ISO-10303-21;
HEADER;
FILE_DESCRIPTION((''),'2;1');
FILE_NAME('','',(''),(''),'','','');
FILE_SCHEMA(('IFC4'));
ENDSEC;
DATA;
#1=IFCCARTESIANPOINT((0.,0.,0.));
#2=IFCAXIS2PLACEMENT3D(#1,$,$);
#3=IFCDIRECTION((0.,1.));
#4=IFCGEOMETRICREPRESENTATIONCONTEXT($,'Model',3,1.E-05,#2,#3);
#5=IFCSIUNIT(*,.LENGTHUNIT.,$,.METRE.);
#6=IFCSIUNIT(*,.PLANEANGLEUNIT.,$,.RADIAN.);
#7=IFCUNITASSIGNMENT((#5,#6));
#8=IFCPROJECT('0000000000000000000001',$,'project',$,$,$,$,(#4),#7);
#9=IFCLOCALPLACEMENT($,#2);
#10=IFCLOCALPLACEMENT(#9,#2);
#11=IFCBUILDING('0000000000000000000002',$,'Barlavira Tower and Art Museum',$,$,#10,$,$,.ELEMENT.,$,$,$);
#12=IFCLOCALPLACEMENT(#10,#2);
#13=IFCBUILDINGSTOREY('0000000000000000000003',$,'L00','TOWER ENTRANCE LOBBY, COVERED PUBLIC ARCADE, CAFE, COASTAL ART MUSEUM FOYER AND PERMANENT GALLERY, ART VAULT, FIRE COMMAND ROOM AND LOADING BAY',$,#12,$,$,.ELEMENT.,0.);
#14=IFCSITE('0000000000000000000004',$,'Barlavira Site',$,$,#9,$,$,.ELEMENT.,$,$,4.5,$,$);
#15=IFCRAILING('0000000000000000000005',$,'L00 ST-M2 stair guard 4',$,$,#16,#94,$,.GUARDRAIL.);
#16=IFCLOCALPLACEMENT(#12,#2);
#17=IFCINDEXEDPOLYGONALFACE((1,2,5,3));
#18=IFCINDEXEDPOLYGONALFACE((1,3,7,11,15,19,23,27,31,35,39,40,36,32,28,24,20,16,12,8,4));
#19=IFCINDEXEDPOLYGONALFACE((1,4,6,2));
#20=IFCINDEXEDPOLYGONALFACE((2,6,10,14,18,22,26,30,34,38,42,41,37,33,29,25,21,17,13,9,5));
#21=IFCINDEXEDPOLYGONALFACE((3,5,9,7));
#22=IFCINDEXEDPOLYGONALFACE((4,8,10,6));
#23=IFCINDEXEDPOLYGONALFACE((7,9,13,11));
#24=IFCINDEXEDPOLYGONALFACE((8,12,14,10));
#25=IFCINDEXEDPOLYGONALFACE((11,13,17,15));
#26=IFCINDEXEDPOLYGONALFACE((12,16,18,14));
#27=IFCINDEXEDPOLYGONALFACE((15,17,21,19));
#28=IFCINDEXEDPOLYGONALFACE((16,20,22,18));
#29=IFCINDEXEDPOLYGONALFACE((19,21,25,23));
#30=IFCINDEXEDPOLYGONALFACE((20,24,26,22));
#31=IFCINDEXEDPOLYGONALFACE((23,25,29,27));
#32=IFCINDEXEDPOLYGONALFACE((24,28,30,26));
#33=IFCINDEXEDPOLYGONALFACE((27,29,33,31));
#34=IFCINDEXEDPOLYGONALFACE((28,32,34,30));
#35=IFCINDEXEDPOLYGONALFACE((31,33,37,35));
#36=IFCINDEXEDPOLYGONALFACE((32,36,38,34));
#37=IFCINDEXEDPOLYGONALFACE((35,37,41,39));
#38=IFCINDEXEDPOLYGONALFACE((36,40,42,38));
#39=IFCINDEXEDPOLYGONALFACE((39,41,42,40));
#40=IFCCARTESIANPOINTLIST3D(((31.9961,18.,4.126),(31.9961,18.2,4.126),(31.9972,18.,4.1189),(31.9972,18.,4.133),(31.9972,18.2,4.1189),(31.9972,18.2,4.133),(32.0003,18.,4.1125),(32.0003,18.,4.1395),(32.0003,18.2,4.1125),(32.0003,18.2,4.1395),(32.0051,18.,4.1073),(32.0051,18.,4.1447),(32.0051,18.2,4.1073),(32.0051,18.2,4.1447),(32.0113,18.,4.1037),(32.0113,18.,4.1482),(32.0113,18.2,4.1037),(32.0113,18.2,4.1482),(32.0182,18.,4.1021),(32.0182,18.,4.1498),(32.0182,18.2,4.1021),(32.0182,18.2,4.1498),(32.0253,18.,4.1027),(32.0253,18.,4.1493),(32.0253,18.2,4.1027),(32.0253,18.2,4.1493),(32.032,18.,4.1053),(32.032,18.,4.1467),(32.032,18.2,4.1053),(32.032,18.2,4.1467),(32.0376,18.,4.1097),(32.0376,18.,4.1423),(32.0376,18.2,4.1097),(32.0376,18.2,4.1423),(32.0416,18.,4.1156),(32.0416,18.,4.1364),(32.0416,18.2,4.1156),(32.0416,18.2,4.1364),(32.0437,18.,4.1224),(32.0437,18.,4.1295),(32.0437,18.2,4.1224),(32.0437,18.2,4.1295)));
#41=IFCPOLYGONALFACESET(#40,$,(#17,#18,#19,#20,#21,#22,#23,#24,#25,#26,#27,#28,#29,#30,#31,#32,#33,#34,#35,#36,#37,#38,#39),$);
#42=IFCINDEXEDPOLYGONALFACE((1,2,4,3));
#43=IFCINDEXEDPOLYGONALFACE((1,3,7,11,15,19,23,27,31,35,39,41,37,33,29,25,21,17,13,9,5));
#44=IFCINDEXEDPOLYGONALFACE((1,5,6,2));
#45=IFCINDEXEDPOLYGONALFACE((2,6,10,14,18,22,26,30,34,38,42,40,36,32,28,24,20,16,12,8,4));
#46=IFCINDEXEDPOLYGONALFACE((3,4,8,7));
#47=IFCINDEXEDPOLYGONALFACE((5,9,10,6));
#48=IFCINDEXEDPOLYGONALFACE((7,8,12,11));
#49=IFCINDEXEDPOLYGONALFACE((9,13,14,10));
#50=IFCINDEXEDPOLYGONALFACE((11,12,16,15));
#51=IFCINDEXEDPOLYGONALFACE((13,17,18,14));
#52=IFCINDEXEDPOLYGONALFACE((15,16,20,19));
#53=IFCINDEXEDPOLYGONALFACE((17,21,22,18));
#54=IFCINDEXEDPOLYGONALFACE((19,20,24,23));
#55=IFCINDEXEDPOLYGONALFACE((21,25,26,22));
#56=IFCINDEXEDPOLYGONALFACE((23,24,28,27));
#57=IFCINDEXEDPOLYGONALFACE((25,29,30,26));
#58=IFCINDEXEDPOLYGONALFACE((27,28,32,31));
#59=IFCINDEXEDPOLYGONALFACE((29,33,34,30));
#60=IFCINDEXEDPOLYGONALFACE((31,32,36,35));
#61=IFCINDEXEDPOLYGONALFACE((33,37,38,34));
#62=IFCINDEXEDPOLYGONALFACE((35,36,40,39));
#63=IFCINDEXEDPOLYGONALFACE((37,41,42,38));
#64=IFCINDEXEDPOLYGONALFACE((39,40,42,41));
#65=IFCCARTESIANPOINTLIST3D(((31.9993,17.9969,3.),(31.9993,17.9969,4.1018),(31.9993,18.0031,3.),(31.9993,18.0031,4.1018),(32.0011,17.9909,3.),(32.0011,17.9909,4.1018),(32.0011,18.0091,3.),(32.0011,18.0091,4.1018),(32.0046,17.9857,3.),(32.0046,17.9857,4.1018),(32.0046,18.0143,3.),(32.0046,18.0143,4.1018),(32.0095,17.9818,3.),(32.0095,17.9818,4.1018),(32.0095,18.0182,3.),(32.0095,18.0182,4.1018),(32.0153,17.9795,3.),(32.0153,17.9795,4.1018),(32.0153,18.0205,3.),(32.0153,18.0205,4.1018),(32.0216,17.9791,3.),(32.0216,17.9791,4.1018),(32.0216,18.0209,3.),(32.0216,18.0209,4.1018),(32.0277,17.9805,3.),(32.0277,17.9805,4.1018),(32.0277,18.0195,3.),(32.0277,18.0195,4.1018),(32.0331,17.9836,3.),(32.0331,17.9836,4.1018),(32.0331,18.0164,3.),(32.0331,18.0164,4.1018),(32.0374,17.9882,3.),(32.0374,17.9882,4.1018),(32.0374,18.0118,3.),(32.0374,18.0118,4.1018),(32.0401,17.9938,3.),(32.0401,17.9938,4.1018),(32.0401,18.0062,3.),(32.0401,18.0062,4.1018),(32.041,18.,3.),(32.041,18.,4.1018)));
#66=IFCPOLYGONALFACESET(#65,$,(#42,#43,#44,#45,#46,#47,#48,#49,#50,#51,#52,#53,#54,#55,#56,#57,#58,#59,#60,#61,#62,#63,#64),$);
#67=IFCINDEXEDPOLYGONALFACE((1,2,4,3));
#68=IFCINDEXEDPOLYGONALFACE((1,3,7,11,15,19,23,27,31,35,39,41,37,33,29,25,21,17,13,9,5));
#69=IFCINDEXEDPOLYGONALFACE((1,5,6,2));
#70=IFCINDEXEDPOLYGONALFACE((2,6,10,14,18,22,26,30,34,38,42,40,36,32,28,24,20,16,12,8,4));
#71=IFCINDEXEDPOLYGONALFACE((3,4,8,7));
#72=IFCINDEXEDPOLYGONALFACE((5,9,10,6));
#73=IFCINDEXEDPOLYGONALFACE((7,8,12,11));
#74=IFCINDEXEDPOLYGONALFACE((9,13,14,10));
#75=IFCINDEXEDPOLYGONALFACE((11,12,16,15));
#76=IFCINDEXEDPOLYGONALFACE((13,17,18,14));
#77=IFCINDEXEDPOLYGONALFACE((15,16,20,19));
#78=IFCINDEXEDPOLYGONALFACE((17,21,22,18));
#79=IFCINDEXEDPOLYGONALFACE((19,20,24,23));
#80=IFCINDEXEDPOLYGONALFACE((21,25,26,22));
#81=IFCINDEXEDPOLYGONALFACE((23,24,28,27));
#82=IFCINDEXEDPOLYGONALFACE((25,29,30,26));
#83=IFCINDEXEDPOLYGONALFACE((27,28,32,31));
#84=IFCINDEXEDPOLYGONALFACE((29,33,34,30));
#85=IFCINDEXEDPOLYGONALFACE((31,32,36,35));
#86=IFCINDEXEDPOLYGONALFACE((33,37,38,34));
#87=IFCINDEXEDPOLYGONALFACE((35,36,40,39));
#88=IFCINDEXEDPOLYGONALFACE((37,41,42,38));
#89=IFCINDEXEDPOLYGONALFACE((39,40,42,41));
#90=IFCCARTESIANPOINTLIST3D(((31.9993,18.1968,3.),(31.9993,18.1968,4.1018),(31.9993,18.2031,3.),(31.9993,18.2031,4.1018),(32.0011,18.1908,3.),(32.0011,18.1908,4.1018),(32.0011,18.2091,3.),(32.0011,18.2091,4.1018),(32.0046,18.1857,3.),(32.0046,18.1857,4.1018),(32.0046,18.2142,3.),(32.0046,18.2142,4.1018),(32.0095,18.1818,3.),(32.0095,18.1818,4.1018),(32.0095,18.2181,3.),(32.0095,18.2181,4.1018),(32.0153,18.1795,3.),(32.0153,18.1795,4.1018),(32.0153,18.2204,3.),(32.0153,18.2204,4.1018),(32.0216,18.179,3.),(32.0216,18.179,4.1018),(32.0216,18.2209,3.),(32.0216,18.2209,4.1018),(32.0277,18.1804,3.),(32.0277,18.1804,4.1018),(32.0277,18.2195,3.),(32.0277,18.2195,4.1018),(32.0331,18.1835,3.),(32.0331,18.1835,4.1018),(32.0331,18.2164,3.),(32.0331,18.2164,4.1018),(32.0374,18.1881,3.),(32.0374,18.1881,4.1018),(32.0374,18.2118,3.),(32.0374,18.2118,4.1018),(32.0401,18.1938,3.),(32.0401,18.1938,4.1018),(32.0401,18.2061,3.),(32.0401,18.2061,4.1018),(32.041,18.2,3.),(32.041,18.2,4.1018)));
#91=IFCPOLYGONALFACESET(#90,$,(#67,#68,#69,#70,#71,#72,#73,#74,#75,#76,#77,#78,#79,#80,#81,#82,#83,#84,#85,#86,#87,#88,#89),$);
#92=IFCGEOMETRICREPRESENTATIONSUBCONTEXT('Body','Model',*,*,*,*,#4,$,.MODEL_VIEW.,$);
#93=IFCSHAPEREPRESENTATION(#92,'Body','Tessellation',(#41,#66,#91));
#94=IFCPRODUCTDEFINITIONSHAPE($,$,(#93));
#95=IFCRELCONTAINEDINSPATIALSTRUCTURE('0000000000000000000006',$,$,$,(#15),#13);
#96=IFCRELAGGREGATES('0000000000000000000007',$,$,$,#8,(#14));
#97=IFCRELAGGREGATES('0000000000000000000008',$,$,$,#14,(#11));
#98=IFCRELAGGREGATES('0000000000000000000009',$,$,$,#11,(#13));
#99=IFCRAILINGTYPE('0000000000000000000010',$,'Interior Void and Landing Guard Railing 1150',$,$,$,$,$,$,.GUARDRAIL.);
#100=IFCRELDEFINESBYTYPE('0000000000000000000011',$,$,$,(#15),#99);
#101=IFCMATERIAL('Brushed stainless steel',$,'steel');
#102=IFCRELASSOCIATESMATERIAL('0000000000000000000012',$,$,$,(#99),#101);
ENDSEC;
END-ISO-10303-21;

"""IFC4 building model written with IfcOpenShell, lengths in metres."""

from ifc_helpers import new_model, si_unit, direction, frame, origin, origin_2d, place, context, subcontext, project, spatial, circle, extrude, material, type_object, element, save


model = new_model("IFC4")

# Units and contexts
model_context = context("Model", 3, precision=1e-05, world=origin(), true_north=direction((0.0, 1.0)))
body_context = subcontext(model_context, "Body", "Model", "MODEL_VIEW")
ifc_project = project(units=[si_unit("LENGTHUNIT", "METRE"), si_unit("PLANEANGLEUNIT", "RADIAN")], contexts=[model_context])

# Site, building, storey
site_placement = place(None, origin())
site = spatial("IfcSite", under=ifc_project, at=site_placement, Name="Barlavira Site", CompositionType="ELEMENT", RefElevation=4.5)
building_placement = place(site_placement, origin())
building = spatial("IfcBuilding", under=site, at=building_placement, Name="Barlavira Tower and Art Museum", CompositionType="ELEMENT")
storey_placement = place(building_placement, origin())
storey = spatial("IfcBuildingStorey", under=building, at=storey_placement, Name="L00", Description="TOWER ENTRANCE LOBBY, COVERED PUBLIC ARCADE, CAFE, COASTAL ART MUSEUM FOYER AND PERMANENT GALLERY, ART VAULT, FIRE COMMAND ROOM AND LOADING BAY", CompositionType="ELEMENT", Elevation=0.0)

# Shared definitions
ifc_material_1 = material(Name="Brushed stainless steel", Category="steel")

# Railing
railing_type_1 = type_object("IfcRailingType", Name="Interior Void and Landing Guard Railing 1150", PredefinedType="GUARDRAIL", material=ifc_material_1)
railing_1_placement = place(storey_placement, frame((32.02, 18.0, 3.0)))
element("IfcRailing", 1, at=railing_1_placement, inside=storey, type_object=railing_type_1, Name="L00 ST-M2 stair guard 4", PredefinedType="GUARDRAIL", context=body_context, shape_type="SweptSolid", body=[
    extrude(circle(Radius=0.0239, at=origin_2d()), frame((0.0, 0.0, 1.126), z_axis=(0.0, 1.0, 0.0), x_axis=(-1.0, 0.0, 0.0)), (0.0, 0.0, 1.0), 0.2),
    extrude(circle(Radius=0.021, at=origin_2d()), origin(), (0.0, 0.0, 1.0), 1.1018),
    extrude(circle(Radius=0.021, at=origin_2d()), frame((0.0, 0.2, 0.0)), (0.0, 0.0, 1.0), 1.1018),
])

save(model, "model.ifc")
